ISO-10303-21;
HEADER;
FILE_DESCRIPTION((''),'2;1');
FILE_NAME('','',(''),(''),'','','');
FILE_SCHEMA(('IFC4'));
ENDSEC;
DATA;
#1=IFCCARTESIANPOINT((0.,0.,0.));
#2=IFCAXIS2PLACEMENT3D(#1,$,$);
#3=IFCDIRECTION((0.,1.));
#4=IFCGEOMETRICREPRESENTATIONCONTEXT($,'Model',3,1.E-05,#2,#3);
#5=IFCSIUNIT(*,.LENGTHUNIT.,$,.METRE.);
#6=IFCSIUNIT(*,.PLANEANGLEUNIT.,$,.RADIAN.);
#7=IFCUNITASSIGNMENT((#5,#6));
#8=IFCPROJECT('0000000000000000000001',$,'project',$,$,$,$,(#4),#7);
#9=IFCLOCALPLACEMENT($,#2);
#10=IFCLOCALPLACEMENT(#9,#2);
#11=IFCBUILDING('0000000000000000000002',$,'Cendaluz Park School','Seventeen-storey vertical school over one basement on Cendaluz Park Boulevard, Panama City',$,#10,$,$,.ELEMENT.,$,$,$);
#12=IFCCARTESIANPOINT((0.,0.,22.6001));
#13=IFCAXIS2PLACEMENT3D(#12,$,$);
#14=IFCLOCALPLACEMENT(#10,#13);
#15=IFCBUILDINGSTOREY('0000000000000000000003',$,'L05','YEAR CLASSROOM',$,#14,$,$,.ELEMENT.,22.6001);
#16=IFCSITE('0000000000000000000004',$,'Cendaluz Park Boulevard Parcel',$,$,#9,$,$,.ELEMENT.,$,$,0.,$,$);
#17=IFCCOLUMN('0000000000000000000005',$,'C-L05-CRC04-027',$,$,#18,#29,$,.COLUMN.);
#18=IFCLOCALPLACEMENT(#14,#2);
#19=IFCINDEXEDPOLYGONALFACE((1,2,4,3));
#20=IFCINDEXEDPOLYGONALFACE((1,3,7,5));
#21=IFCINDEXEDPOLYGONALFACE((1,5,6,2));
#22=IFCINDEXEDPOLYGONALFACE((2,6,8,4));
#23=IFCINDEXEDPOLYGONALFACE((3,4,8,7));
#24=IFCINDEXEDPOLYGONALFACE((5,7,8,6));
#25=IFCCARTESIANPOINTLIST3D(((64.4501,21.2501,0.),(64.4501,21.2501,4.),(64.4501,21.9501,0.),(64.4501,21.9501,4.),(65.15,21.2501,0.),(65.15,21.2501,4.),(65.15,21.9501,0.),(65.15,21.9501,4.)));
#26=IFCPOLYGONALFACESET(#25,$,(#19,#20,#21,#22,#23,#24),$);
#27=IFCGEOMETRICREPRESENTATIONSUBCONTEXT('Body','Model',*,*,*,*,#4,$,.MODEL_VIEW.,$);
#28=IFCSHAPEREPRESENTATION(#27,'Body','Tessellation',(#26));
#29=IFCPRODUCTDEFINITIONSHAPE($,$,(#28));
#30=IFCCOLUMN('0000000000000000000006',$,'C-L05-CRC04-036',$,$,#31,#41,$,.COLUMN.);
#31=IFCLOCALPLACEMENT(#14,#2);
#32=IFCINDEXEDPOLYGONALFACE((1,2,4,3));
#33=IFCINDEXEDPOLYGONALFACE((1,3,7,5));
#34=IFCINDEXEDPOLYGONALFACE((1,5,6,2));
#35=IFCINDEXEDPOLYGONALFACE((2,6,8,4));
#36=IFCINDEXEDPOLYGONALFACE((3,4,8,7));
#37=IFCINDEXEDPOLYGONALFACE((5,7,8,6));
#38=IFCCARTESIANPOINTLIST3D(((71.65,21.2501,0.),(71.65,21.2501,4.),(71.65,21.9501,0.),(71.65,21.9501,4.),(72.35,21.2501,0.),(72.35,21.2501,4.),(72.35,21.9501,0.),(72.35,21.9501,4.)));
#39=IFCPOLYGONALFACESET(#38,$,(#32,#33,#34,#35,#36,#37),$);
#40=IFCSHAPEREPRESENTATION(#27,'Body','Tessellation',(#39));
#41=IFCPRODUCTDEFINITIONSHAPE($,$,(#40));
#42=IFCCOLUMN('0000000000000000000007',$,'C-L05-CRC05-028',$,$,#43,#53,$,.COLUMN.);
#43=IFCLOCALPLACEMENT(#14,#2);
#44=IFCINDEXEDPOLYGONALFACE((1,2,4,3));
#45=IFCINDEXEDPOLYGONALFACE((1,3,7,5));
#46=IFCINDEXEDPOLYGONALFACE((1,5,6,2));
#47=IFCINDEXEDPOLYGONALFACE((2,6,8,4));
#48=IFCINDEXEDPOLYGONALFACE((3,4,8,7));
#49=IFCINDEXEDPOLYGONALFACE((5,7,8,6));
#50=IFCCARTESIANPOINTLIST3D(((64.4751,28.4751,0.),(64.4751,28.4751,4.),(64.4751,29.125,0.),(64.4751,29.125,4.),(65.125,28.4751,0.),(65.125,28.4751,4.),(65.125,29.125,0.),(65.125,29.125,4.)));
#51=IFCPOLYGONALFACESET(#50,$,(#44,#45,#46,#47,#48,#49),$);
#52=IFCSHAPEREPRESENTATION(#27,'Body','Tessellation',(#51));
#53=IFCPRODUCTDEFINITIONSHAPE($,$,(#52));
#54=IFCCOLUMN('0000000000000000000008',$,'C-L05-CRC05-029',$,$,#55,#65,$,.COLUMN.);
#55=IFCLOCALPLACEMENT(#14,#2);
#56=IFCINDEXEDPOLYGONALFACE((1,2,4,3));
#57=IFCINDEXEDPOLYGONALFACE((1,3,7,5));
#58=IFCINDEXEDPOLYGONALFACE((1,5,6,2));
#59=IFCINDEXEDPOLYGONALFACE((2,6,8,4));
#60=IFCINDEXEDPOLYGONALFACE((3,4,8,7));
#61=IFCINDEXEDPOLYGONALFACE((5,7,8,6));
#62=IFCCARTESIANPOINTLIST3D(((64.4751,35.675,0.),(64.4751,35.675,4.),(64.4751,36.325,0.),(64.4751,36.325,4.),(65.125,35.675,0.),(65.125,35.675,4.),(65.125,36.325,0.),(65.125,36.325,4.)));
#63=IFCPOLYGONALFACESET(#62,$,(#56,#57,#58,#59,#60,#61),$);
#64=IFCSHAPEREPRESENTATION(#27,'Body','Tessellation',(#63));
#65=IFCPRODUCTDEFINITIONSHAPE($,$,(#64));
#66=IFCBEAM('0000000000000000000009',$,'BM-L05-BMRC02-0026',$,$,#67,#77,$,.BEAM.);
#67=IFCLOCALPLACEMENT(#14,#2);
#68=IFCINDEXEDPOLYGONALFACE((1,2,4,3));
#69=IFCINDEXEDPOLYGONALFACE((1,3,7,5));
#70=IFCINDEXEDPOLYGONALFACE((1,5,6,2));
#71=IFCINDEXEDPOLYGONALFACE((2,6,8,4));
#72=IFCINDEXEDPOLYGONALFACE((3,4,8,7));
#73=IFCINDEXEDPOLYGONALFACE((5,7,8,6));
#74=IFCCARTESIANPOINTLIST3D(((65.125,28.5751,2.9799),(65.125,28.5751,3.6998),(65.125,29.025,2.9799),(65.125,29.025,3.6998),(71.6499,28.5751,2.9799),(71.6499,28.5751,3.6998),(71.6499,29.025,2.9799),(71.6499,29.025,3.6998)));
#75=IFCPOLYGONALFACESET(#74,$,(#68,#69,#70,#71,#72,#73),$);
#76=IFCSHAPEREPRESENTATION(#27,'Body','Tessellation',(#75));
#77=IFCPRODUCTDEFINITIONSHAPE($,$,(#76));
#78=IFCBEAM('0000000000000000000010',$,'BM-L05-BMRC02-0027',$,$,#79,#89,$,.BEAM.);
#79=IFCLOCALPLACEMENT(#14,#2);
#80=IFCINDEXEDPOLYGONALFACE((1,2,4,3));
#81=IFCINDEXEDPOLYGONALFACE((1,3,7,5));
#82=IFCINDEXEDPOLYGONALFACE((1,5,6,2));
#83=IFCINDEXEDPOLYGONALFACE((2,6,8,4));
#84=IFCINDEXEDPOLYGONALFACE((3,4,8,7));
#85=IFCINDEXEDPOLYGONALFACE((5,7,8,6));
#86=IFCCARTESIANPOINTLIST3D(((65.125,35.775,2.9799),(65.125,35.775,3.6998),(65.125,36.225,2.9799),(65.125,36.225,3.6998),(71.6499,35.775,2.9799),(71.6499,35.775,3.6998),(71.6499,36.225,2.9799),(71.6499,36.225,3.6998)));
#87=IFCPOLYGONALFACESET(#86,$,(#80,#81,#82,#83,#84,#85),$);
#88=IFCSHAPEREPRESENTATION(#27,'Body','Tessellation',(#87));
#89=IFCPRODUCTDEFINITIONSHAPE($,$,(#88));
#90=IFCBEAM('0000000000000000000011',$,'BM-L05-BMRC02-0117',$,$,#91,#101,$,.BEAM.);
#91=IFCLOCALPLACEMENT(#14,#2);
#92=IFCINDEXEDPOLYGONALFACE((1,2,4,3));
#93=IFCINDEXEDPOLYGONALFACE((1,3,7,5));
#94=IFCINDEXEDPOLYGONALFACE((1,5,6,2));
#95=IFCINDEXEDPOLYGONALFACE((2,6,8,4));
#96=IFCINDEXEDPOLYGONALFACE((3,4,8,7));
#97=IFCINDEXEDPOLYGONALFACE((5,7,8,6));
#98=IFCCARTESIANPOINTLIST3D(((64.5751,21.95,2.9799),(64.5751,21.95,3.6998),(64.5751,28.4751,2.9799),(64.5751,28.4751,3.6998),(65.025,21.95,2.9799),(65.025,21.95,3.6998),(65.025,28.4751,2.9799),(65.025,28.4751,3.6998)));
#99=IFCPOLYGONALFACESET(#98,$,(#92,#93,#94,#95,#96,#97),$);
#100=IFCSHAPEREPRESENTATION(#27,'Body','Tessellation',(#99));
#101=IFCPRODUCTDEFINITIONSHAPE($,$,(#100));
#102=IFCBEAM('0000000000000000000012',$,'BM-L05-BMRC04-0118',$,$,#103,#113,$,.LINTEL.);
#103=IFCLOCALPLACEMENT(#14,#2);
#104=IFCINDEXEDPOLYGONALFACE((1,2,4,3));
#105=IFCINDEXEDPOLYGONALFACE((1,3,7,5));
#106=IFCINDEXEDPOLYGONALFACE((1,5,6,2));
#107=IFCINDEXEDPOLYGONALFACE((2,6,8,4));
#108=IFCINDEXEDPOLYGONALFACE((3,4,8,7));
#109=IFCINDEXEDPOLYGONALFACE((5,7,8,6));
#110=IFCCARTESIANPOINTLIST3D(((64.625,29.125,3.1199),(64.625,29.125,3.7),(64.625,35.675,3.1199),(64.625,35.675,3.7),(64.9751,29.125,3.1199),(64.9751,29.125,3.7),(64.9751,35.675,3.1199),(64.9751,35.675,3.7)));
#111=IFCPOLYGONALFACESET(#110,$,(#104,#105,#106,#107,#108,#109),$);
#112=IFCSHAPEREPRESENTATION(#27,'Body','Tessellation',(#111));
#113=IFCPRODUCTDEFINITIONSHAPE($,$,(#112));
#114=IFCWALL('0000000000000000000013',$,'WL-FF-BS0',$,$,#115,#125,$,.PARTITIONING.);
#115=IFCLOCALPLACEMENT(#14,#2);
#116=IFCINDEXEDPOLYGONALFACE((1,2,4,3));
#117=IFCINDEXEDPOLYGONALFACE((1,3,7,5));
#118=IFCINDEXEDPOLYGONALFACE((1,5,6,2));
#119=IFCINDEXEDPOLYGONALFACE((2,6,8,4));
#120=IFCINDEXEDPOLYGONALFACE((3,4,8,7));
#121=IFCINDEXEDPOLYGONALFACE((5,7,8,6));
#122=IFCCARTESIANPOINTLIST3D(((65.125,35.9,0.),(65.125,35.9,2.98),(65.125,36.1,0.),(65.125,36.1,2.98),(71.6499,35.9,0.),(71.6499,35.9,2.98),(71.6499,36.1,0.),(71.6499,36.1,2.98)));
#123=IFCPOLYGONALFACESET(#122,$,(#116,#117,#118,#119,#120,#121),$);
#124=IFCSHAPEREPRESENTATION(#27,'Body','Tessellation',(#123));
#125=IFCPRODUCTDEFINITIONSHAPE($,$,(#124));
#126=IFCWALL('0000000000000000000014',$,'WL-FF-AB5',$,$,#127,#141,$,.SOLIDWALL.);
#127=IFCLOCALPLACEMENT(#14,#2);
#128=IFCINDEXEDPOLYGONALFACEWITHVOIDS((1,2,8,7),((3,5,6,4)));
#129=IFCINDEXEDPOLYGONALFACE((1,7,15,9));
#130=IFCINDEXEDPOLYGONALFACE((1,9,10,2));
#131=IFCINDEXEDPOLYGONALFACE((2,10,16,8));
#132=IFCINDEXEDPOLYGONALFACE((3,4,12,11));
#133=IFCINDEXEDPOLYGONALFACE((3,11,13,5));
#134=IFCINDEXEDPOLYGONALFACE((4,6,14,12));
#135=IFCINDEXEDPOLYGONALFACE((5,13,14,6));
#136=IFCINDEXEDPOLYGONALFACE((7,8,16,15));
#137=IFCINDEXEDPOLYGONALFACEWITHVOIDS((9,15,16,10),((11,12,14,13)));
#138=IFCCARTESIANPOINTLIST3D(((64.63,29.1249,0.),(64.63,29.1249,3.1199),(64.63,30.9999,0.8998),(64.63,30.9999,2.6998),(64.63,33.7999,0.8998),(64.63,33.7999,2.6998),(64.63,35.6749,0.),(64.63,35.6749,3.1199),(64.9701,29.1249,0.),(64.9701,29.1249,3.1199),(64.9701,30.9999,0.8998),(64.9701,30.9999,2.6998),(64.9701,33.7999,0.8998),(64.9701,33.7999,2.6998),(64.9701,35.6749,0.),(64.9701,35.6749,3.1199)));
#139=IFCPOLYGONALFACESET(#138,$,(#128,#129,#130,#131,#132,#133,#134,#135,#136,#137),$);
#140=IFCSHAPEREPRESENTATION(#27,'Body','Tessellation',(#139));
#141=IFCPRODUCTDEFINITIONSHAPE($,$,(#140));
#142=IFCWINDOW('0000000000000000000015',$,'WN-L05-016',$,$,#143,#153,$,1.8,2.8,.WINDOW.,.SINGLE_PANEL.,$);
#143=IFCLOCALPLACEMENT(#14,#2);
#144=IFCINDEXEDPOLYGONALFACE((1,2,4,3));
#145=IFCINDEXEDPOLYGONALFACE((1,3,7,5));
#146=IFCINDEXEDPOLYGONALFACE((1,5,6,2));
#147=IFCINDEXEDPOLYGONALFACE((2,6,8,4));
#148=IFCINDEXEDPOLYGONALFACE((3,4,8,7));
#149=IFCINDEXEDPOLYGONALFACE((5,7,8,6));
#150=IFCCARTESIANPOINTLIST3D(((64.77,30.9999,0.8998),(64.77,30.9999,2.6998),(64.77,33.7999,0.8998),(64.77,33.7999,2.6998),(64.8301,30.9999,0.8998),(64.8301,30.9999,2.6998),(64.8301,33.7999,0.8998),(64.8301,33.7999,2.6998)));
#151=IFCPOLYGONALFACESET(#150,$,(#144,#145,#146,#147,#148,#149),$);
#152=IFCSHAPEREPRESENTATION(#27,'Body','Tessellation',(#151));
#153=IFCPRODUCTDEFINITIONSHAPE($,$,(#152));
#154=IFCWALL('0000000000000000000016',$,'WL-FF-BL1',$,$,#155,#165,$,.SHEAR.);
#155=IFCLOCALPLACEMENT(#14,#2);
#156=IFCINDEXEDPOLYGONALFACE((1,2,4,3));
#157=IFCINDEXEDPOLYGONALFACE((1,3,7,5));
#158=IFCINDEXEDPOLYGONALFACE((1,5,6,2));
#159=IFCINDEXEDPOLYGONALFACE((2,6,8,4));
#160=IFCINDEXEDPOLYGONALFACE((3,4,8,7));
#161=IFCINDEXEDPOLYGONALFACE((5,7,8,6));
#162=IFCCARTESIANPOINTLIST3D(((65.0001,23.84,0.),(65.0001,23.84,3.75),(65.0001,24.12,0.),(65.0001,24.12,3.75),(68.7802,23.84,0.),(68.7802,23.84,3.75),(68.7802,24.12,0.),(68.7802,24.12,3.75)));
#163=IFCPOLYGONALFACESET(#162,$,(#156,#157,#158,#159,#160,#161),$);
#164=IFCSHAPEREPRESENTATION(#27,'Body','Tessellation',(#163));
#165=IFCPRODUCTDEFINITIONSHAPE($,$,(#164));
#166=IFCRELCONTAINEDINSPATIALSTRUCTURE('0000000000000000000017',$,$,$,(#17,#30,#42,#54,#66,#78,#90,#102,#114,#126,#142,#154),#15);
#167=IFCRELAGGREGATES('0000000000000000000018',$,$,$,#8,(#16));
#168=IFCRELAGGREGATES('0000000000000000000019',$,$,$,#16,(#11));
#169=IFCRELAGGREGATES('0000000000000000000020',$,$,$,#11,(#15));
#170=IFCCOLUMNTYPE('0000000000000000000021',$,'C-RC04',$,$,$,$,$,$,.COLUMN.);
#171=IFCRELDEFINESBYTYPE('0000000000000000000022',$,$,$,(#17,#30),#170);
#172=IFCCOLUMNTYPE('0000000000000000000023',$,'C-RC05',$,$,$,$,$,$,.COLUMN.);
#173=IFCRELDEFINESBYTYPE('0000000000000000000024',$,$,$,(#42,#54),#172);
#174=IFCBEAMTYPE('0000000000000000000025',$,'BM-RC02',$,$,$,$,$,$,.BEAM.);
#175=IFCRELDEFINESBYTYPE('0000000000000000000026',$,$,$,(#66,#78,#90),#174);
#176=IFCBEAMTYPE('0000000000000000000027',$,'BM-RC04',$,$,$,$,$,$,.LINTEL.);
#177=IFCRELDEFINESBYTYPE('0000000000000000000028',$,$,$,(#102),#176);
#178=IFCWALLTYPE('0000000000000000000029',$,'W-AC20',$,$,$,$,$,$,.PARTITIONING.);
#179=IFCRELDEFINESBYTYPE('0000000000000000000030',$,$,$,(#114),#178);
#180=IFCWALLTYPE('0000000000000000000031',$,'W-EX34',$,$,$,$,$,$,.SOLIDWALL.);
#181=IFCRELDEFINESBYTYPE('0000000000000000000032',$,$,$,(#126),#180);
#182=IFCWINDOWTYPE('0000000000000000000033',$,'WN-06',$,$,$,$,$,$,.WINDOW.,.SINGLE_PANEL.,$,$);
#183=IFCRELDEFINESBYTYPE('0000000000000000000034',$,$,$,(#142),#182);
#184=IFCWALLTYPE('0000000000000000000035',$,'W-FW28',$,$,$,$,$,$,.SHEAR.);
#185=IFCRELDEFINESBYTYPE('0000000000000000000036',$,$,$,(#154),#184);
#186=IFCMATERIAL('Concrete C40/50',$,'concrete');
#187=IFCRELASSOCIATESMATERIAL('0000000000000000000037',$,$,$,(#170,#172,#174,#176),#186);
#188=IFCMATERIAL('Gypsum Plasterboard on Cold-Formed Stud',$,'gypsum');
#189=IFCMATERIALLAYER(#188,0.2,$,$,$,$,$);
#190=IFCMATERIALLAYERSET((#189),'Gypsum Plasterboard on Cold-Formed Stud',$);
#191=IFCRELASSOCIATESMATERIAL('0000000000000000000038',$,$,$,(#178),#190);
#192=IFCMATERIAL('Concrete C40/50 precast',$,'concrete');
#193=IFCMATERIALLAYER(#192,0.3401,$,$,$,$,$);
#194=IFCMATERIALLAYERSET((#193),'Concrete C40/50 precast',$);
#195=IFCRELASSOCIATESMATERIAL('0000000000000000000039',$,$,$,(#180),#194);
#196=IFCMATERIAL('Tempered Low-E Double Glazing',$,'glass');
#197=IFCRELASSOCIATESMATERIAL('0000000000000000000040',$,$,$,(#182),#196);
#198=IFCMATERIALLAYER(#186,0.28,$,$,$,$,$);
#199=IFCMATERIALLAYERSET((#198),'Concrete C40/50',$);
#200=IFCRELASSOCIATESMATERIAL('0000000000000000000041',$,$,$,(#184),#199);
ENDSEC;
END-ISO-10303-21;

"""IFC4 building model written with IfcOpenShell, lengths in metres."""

from ifc_helpers import new_model, si_unit, direction, frame, frame_2d, origin, origin_2d, place, context, subcontext, project, spatial, rectangle, extrude, material, layer, layer_set, material_profile, profile_set, type_object, element, fill, save


model = new_model("IFC4")

# Units and contexts
model_context = context("Model", 3, precision=1e-05, world=origin(), true_north=direction((0.0, 1.0)))
body_context = subcontext(model_context, "Body", "Model", "MODEL_VIEW")
ifc_project = project(units=[si_unit("LENGTHUNIT", "METRE"), si_unit("PLANEANGLEUNIT", "RADIAN")], contexts=[model_context])

# Site, building, storey
site_placement = place(None, origin())
site = spatial("IfcSite", under=ifc_project, at=site_placement, Name="Cendaluz Park Boulevard Parcel", CompositionType="ELEMENT", RefElevation=0.0)
building_placement = place(site_placement, origin())
building = spatial("IfcBuilding", under=site, at=building_placement, Name="Cendaluz Park School", Description="Seventeen-storey vertical school over one basement on Cendaluz Park Boulevard, Panama City", CompositionType="ELEMENT")
storey_placement = place(building_placement, frame((0.0, 0.0, 22.6001)))
storey = spatial("IfcBuildingStorey", under=building, at=storey_placement, Name="L05", Description="YEAR CLASSROOM", CompositionType="ELEMENT", Elevation=22.6001)

# Columns
ifc_material_1 = material(Name="Concrete C40/50", Category="concrete")
ifc_material_profile_1 = material_profile(ifc_material_1, rectangle(XDim=0.7, YDim=0.7, at=origin_2d()), Name="RC 700x700", Category="concrete")
ifc_profile_set_1 = profile_set([ifc_material_profile_1], Name="Concrete C40/50")
column_type_1 = type_object("IfcColumnType", Name="C-RC04", PredefinedType="COLUMN", material=ifc_profile_set_1)
for number, where, z_axis, x_axis, name in (
    (1, (64.8, 21.6001, 0.0), (0.0, 0.0, 1.0), (1.0, 0.0, 0.0), "C-L05-CRC04-027"),
    (2, (72.0, 21.6001, 0.0), (0.0, 0.0, 1.0), (1.0, 0.0, 0.0), "C-L05-CRC04-036"),
):
    element("IfcColumn", number, at=place(storey_placement, frame(where, z_axis=z_axis, x_axis=x_axis)), inside=storey, type_object=column_type_1, Name=name, PredefinedType="COLUMN", context=body_context, shape_type="SweptSolid", body=[
        extrude(rectangle(XDim=0.7, YDim=0.7, at=origin_2d()), origin(), (0.0, 0.0, 1.0), 4.0),
    ])
ifc_material_profile_2 = material_profile(ifc_material_1, rectangle(XDim=0.6499, YDim=0.6499, at=origin_2d()), Name="RC 650x650", Category="concrete")
ifc_profile_set_2 = profile_set([ifc_material_profile_2], Name="Concrete C40/50")
column_type_2 = type_object("IfcColumnType", Name="C-RC05", PredefinedType="COLUMN", material=ifc_profile_set_2)
for number, where, z_axis, x_axis, name in (
    (3, (64.8, 28.8, 0.0), (0.0, 0.0, 1.0), (1.0, 0.0, 0.0), "C-L05-CRC05-028"),
    (4, (64.8, 36.0, 0.0), (0.0, 0.0, 1.0), (1.0, 0.0, 0.0), "C-L05-CRC05-029"),
):
    element("IfcColumn", number, at=place(storey_placement, frame(where, z_axis=z_axis, x_axis=x_axis)), inside=storey, type_object=column_type_2, Name=name, PredefinedType="COLUMN", context=body_context, shape_type="SweptSolid", body=[
        extrude(rectangle(XDim=0.6499, YDim=0.6499, at=origin_2d()), origin(), (0.0, 0.0, 1.0), 4.0),
    ])

# Beams
ifc_material_profile_3 = material_profile(ifc_material_1, rectangle(XDim=0.45, YDim=0.72, at=origin_2d()), Name="RC 450x720", Category="concrete")
ifc_profile_set_3 = profile_set([ifc_material_profile_3], Name="Concrete C40/50")
beam_type_1 = type_object("IfcBeamType", Name="BM-RC02", PredefinedType="BEAM", material=ifc_profile_set_3)
for number, where, z_axis, x_axis, name in (
    (5, (65.125, 28.8, 3.3398), (1.0, 0.0, 0.0), (0.0, 1.0, 0.0), "BM-L05-BMRC02-0026"),
    (6, (65.125, 36.0, 3.3398), (1.0, 0.0, 0.0), (0.0, 1.0, 0.0), "BM-L05-BMRC02-0027"),
):
    element("IfcBeam", number, at=place(storey_placement, frame(where, z_axis=z_axis, x_axis=x_axis)), inside=storey, type_object=beam_type_1, Name=name, PredefinedType="BEAM", context=body_context, shape_type="SweptSolid", body=[
        extrude(rectangle(XDim=0.45, YDim=0.72, at=origin_2d()), origin(), (0.0, 0.0, 1.0), 6.5249),
    ])
beam_1_placement = place(storey_placement, frame((64.8, 21.95, 3.3398), z_axis=(0.0, 1.0, 0.0), x_axis=(-1.0, 0.0, 0.0)))
element("IfcBeam", 7, at=beam_1_placement, inside=storey, type_object=beam_type_1, Name="BM-L05-BMRC02-0117", PredefinedType="BEAM", context=body_context, shape_type="SweptSolid", body=[
    extrude(rectangle(XDim=0.45, YDim=0.72, at=origin_2d()), origin(), (0.0, 0.0, 1.0), 6.5251),
])
ifc_material_profile_4 = material_profile(ifc_material_1, rectangle(XDim=0.3501, YDim=0.5801, at=origin_2d()), Name="RC 350x580", Category="concrete")
ifc_profile_set_4 = profile_set([ifc_material_profile_4], Name="Concrete C40/50")
beam_type_2 = type_object("IfcBeamType", Name="BM-RC04", PredefinedType="LINTEL", material=ifc_profile_set_4)
beam_2_placement = place(storey_placement, frame((64.8, 29.125, 3.4099), z_axis=(0.0, 1.0, 0.0), x_axis=(-1.0, 0.0, 0.0)))
element("IfcBeam", 8, at=beam_2_placement, inside=storey, type_object=beam_type_2, Name="BM-L05-BMRC04-0118", PredefinedType="LINTEL", context=body_context, shape_type="SweptSolid", body=[
    extrude(rectangle(XDim=0.3501, YDim=0.5801, at=origin_2d()), origin(), (0.0, 0.0, 1.0), 6.55),
])

# Wall
ifc_material_2 = material(Name="Gypsum Plasterboard on Cold-Formed Stud", Category="gypsum")
ifc_layer_1 = layer(ifc_material_2, 0.2)
ifc_layer_set_1 = layer_set([ifc_layer_1], Name="Gypsum Plasterboard on Cold-Formed Stud")
wall_type_1 = type_object("IfcWallType", Name="W-AC20", PredefinedType="PARTITIONING", material=ifc_layer_set_1)
wall_1_placement = place(storey_placement, frame((65.125, 36.0, 0.0), z_axis=(0.0, 0.0, 1.0), x_axis=(1.0, 0.0, 0.0)))
element("IfcWall", 9, at=wall_1_placement, inside=storey, type_object=wall_type_1, Name="WL-FF-BS0", PredefinedType="PARTITIONING", context=body_context, shape_type="SweptSolid", body=[
    extrude(rectangle(XDim=6.5249, YDim=0.2, at=frame_2d((3.2625, 0.0))), origin(), (0.0, 0.0, 1.0), 2.98),
])

# Wall, opening, window
ifc_material_3 = material(Name="Concrete C40/50 precast", Category="concrete")
ifc_layer_2 = layer(ifc_material_3, 0.3401)
ifc_layer_set_2 = layer_set([ifc_layer_2], Name="Concrete C40/50 precast")
wall_type_2 = type_object("IfcWallType", Name="W-EX34", PredefinedType="SOLIDWALL", material=ifc_layer_set_2)
wall_2_placement = place(storey_placement, frame((64.8, 29.125, 0.0), z_axis=(0.0, 0.0, 1.0), x_axis=(0.0, 1.0, 0.0)))
wall_2 = element("IfcWall", 10, at=wall_2_placement, inside=storey, type_object=wall_type_2, Name="WL-FF-AB5", PredefinedType="SOLIDWALL", context=body_context, shape_type="SweptSolid", body=[
    extrude(rectangle(XDim=6.55, YDim=0.3401, at=frame_2d((3.2749, 0.0))), origin(), (0.0, 0.0, 1.0), 3.1199),
])
opening_1_placement = place(wall_2_placement, frame((1.875, 0.0, 0.8999)))
opening_1 = element("IfcOpeningElement", 11, at=opening_1_placement, cuts=wall_2, PredefinedType="OPENING", context=body_context, shape_type="SweptSolid", body=[
    extrude(rectangle(XDim=2.8, YDim=1.8, at=frame_2d((1.3999, 0.8999))), frame((0.0, 0.1821, 0.0), z_axis=(0.0, -1.0, 0.0), x_axis=(1.0, 0.0, 0.0)), (0.0, 0.0, 1.0), 0.364),
])
ifc_material_4 = material(Name="Tempered Low-E Double Glazing", Category="glass")
window_type = type_object("IfcWindowType", Name="WN-06", PartitioningType="SINGLE_PANEL", PredefinedType="WINDOW", material=ifc_material_4)
window_placement = place(opening_1_placement, origin())
window = element("IfcWindow", 12, at=window_placement, inside=storey, type_object=window_type, Name="WN-L05-016", OverallHeight=1.8, OverallWidth=2.8, PartitioningType="SINGLE_PANEL", PredefinedType="WINDOW", context=body_context, shape_type="SweptSolid", body=[
    extrude(rectangle(XDim=2.8, YDim=1.8, at=frame_2d((1.3999, 0.8999))), frame((0.0, 0.03, 0.0), z_axis=(0.0, -1.0, 0.0), x_axis=(1.0, 0.0, 0.0)), (0.0, 0.0, 1.0), 0.0601),
])
fill(opening_1, window)

# Wall
ifc_layer_3 = layer(ifc_material_1, 0.28)
ifc_layer_set_3 = layer_set([ifc_layer_3], Name="Concrete C40/50")
wall_type_3 = type_object("IfcWallType", Name="W-FW28", PredefinedType="SHEAR", material=ifc_layer_set_3)
wall_3_placement = place(storey_placement, frame((65.0, 23.98, 0.0), z_axis=(0.0, 0.0, 1.0), x_axis=(1.0, 0.0, 0.0)))
element("IfcWall", 13, at=wall_3_placement, inside=storey, type_object=wall_type_3, Name="WL-FF-BL1", PredefinedType="SHEAR", context=body_context, shape_type="SweptSolid", body=[
    extrude(rectangle(XDim=3.78, YDim=0.28, at=frame_2d((1.8901, 0.0))), origin(), (0.0, 0.0, 1.0), 3.75),
])

save(model, "model.ifc")
